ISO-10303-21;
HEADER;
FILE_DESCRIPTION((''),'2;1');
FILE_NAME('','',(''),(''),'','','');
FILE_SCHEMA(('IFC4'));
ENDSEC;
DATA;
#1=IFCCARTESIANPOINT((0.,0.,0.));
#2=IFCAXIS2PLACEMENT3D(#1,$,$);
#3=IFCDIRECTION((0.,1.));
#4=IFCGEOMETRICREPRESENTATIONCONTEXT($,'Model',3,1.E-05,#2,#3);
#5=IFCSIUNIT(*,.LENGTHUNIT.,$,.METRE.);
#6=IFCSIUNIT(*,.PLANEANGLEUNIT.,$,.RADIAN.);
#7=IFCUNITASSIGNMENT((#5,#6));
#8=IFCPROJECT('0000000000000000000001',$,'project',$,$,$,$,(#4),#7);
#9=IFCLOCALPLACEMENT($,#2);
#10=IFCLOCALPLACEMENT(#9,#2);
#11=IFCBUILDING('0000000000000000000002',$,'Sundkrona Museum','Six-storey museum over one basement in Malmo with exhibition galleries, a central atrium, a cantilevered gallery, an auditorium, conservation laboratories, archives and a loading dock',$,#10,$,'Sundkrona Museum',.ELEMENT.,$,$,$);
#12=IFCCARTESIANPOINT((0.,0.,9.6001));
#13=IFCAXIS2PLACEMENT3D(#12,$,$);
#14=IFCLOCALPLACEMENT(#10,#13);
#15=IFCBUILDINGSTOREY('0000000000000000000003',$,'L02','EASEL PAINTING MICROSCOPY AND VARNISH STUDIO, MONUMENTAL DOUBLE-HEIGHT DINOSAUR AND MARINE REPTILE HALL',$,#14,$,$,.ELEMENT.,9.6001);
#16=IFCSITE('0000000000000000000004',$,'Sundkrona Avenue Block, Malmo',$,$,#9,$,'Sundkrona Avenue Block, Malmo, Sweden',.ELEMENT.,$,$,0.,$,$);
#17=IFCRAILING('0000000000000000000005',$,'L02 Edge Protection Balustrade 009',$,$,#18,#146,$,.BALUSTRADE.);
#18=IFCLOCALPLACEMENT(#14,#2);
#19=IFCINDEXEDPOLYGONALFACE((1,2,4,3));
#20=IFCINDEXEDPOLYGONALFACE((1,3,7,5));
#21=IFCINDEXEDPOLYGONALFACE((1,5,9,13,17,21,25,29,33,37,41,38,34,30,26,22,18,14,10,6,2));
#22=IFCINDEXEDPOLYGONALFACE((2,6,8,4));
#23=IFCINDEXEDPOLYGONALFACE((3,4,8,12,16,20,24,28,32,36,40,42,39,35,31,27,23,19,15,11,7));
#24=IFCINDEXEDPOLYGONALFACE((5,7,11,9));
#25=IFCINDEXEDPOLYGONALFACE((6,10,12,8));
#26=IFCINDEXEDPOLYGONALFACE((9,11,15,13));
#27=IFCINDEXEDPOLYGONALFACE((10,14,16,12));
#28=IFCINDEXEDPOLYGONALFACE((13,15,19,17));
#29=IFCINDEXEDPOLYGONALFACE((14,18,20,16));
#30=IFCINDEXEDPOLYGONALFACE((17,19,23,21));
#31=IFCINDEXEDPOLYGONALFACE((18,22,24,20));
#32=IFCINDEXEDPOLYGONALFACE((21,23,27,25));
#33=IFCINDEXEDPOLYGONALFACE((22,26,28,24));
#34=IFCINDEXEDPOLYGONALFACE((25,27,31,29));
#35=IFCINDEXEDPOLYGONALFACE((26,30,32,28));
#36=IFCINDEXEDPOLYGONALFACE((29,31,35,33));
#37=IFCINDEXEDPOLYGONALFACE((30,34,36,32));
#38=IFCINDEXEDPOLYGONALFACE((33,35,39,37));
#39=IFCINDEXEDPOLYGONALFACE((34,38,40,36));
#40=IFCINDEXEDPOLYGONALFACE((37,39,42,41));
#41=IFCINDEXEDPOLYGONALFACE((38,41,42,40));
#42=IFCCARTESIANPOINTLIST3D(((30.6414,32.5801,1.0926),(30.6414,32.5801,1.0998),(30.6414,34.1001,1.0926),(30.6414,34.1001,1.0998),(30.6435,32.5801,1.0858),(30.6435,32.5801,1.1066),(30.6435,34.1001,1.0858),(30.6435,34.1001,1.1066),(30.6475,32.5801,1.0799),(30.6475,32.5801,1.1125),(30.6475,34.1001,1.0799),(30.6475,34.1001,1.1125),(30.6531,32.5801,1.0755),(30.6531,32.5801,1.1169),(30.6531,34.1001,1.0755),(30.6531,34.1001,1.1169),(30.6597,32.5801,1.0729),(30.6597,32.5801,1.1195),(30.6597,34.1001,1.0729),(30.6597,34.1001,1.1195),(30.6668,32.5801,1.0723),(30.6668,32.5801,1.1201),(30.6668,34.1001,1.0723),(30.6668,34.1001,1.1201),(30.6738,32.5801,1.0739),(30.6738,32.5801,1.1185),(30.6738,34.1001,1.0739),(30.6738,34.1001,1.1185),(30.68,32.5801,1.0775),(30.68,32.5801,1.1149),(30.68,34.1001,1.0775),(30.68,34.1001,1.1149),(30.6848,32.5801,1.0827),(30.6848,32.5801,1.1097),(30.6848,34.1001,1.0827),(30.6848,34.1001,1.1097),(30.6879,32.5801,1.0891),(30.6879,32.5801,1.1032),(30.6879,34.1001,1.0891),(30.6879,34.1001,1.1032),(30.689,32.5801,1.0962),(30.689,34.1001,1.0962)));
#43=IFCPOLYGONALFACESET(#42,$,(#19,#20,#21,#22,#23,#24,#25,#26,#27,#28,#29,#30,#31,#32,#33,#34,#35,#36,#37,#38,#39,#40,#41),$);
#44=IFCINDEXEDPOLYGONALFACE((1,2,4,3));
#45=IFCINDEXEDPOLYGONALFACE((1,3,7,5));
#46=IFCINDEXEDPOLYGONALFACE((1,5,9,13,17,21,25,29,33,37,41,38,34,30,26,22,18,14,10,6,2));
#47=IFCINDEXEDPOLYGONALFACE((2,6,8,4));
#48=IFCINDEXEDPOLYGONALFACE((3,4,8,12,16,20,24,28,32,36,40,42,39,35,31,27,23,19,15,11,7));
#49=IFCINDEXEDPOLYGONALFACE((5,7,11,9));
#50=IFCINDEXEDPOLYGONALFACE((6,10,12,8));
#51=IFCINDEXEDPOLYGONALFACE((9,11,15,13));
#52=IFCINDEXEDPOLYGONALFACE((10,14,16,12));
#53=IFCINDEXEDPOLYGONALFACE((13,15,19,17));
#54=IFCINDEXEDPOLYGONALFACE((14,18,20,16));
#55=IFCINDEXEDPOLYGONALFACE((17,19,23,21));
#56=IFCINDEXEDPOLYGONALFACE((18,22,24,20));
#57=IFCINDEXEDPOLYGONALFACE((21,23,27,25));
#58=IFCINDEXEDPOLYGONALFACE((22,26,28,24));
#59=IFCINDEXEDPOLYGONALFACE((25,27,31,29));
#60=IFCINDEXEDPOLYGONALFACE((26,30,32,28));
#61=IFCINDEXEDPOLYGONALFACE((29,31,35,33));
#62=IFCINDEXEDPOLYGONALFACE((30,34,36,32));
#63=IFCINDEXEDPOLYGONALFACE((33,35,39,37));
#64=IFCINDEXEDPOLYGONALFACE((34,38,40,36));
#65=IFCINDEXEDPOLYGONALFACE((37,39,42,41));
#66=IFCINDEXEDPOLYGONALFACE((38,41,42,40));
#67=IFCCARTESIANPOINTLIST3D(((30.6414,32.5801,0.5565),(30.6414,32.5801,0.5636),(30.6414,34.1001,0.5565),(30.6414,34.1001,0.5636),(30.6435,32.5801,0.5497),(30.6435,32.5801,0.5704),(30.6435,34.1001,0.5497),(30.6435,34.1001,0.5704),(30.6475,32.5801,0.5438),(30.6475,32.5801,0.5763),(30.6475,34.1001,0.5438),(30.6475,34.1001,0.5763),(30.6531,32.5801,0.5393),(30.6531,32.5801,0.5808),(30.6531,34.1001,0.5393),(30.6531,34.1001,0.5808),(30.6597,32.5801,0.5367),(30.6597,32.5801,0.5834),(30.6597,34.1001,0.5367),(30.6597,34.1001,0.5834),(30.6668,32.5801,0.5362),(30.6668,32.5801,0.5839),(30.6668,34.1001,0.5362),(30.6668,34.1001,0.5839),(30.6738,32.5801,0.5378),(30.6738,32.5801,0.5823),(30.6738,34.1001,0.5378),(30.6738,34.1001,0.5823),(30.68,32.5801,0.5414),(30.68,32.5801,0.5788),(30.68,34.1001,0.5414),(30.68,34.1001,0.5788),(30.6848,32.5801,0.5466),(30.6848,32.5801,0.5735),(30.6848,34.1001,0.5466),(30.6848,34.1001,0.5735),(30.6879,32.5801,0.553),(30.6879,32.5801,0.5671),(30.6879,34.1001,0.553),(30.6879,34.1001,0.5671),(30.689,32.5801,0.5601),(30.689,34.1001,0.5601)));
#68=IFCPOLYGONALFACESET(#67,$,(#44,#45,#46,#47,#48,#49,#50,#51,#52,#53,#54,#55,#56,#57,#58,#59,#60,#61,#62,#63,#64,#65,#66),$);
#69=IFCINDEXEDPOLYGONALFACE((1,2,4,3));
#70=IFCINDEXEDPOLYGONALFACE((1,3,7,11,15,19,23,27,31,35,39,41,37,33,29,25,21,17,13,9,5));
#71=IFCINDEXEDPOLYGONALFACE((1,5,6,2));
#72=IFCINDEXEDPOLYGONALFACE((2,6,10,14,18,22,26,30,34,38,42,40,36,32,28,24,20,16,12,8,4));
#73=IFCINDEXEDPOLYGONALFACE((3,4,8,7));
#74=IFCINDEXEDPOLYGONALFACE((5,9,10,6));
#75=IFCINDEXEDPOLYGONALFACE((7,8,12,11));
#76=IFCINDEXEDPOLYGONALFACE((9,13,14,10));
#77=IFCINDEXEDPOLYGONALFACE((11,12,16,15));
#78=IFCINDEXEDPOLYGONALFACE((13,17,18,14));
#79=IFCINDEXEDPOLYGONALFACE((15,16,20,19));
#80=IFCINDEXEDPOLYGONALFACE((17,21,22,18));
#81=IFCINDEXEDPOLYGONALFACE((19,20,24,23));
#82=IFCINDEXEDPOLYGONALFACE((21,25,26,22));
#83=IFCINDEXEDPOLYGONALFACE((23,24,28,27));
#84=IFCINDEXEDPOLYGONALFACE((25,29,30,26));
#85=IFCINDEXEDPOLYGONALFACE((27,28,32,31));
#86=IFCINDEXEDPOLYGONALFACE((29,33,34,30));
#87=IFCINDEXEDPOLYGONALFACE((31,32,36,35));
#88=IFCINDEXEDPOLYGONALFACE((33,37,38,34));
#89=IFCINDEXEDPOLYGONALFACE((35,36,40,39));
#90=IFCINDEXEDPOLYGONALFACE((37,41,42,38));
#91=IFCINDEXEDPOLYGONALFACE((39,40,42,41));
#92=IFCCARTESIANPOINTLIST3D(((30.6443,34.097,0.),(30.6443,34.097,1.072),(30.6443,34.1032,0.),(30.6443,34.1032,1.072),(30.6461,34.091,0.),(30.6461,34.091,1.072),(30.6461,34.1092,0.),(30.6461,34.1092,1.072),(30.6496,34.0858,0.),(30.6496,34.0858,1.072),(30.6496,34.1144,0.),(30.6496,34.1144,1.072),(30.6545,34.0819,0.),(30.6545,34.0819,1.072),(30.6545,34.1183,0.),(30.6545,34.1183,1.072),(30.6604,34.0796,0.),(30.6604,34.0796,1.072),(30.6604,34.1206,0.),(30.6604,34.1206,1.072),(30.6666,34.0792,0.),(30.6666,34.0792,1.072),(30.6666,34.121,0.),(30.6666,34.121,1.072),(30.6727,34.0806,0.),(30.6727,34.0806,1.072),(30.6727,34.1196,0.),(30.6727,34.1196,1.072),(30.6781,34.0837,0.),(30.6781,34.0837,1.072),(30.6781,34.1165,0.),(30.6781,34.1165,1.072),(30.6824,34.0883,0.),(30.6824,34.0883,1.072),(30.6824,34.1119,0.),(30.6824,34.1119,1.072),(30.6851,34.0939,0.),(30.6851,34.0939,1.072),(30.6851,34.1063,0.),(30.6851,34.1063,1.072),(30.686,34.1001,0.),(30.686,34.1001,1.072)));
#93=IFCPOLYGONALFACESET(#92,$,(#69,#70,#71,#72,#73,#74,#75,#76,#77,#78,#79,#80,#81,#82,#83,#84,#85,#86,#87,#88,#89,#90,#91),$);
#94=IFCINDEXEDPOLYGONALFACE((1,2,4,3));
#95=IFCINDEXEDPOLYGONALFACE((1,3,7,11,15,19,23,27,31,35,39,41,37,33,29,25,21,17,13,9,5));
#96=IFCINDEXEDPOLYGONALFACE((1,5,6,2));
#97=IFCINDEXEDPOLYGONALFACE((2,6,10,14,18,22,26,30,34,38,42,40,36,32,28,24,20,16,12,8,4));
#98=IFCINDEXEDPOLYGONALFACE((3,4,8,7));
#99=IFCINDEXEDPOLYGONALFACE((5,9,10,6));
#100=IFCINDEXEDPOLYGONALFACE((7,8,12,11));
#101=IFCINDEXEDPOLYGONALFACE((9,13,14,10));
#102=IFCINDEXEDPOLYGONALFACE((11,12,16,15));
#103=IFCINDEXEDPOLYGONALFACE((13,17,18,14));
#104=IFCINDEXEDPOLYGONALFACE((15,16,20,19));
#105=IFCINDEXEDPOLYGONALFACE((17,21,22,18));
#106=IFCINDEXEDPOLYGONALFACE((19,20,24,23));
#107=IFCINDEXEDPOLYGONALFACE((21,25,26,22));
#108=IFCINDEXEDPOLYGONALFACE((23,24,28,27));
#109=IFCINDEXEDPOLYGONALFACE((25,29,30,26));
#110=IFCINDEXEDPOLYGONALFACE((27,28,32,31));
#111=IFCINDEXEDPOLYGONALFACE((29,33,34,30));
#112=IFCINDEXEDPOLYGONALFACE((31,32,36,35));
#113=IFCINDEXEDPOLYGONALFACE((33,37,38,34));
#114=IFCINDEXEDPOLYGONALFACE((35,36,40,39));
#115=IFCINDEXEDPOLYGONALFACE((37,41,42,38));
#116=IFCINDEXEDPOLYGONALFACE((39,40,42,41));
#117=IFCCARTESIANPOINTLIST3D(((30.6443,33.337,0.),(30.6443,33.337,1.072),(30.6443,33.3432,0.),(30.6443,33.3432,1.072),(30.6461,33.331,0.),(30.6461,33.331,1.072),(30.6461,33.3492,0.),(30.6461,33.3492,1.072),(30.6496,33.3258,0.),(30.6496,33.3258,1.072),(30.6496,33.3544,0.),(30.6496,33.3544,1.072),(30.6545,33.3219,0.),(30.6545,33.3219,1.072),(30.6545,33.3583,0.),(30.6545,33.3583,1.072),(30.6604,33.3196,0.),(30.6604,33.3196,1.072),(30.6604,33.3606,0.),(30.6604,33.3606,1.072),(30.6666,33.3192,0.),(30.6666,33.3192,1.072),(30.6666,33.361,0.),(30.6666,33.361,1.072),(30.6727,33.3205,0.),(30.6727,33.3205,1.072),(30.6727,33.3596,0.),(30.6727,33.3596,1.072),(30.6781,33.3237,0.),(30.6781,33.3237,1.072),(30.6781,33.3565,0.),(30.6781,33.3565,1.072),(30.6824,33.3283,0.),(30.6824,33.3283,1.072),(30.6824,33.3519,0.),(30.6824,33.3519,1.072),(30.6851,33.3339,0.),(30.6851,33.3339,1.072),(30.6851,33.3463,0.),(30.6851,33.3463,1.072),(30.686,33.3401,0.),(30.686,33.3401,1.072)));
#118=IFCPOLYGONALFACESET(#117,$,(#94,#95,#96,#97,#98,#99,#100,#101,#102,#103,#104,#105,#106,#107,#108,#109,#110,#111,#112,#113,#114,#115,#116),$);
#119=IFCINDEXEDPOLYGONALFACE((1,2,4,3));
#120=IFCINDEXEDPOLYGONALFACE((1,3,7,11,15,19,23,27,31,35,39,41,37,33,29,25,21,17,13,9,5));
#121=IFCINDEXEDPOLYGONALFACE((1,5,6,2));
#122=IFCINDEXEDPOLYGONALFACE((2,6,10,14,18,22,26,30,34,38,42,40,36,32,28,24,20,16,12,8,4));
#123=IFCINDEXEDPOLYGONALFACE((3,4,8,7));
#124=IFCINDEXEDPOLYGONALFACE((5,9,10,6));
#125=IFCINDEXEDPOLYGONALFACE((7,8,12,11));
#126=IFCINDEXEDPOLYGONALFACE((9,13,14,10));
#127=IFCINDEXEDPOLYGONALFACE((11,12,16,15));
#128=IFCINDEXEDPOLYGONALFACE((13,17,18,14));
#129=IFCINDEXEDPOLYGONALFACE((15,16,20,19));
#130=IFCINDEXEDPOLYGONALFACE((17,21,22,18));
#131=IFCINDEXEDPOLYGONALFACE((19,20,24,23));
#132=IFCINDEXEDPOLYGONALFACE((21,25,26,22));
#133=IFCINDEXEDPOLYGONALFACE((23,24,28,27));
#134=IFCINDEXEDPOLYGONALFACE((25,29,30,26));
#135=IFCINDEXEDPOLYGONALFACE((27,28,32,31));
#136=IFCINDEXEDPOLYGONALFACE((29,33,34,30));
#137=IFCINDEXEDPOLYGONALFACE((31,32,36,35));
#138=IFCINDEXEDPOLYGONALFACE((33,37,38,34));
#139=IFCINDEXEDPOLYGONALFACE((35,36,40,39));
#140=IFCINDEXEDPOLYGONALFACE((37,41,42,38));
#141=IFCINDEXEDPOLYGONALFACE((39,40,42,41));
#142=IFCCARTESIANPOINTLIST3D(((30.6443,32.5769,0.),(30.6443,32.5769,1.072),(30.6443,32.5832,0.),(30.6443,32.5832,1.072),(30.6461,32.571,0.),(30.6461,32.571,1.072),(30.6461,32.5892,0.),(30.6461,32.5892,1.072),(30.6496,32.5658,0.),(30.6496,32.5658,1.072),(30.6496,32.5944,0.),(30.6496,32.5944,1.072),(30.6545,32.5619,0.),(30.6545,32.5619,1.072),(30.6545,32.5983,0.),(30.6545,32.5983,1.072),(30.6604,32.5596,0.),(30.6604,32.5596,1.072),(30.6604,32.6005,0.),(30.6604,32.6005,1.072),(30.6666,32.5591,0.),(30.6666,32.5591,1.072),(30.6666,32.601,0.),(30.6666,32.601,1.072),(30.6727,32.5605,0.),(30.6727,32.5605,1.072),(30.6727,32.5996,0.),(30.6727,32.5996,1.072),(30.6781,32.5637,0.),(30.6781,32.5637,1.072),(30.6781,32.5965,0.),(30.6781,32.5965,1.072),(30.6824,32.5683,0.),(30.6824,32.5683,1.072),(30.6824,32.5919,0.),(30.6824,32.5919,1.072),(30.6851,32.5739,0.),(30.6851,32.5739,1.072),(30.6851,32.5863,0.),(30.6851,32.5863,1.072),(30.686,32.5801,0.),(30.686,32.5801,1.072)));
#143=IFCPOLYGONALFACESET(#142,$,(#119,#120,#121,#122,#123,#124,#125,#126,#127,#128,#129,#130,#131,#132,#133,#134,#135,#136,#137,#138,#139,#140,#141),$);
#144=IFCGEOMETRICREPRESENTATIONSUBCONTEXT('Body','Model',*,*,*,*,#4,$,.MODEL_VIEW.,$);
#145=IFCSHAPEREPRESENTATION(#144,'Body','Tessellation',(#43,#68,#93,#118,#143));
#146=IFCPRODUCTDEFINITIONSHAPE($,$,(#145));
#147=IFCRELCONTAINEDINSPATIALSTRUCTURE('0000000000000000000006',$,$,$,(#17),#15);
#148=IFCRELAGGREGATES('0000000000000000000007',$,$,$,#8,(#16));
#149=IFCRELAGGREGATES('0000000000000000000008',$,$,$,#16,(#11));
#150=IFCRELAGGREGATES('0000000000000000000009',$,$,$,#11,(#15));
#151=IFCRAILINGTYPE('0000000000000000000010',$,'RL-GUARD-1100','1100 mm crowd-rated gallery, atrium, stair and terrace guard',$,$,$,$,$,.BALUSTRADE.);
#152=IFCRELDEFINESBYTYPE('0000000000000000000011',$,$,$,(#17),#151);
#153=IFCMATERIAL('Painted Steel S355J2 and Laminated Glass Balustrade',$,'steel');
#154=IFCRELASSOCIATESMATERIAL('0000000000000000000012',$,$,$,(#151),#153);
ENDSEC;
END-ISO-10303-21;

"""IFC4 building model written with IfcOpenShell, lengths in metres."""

from ifc_helpers import new_model, si_unit, direction, frame, origin, origin_2d, place, context, subcontext, project, spatial, circle, extrude, material, type_object, element, save


model = new_model("IFC4")

# Units and contexts
model_context = context("Model", 3, precision=1e-05, world=origin(), true_north=direction((0.0, 1.0)))
body_context = subcontext(model_context, "Body", "Model", "MODEL_VIEW")
ifc_project = project(units=[si_unit("LENGTHUNIT", "METRE"), si_unit("PLANEANGLEUNIT", "RADIAN")], contexts=[model_context])

# Site, building, storey
site_placement = place(None, origin())
site = spatial("IfcSite", under=ifc_project, at=site_placement, Name="Sundkrona Avenue Block, Malmo", LongName="Sundkrona Avenue Block, Malmo, Sweden", CompositionType="ELEMENT", RefElevation=0.0)
building_placement = place(site_placement, origin())
building = spatial("IfcBuilding", under=site, at=building_placement, Name="Sundkrona Museum", Description="Six-storey museum over one basement in Malmo with exhibition galleries, a central atrium, a cantilevered gallery, an auditorium, conservation laboratories, archives and a loading dock", LongName="Sundkrona Museum", CompositionType="ELEMENT")
storey_placement = place(building_placement, frame((0.0, 0.0, 9.6001)))
storey = spatial("IfcBuildingStorey", under=building, at=storey_placement, Name="L02", Description="EASEL PAINTING MICROSCOPY AND VARNISH STUDIO, MONUMENTAL DOUBLE-HEIGHT DINOSAUR AND MARINE REPTILE HALL", CompositionType="ELEMENT", Elevation=9.6001)

# Railing
ifc_material_1 = material(Name="Painted Steel S355J2 and Laminated Glass Balustrade", Category="steel")
railing_type_1 = type_object("IfcRailingType", Name="RL-GUARD-1100", Description="1100 mm crowd-rated gallery, atrium, stair and terrace guard", PredefinedType="BALUSTRADE", material=ifc_material_1)
for number, where, name in (
    (1, (30.665, 34.1001, 0.0), "L02 Edge Protection Balustrade 009"),
):
    element("IfcRailing", number, at=place(storey_placement, frame(where)), inside=storey, type_object=railing_type_1, Name=name, PredefinedType="BALUSTRADE", context=body_context, shape_type="SweptSolid", body=[
        extrude(circle(Radius=0.0239, at=origin_2d()), frame((0.0, 0.0, 1.0962), z_axis=(0.0, -1.0, 0.0), x_axis=(1.0, 0.0, 0.0)), (0.0, 0.0, 1.0), 1.52),
        extrude(circle(Radius=0.0239, at=origin_2d()), frame((0.0, 0.0, 0.5601), z_axis=(0.0, -1.0, 0.0), x_axis=(1.0, 0.0, 0.0)), (0.0, 0.0, 1.0), 1.52),
        extrude(circle(Radius=0.021, at=origin_2d()), origin(), (0.0, 0.0, 1.0), 1.072),
        extrude(circle(Radius=0.021, at=origin_2d()), frame((0.0, -0.76, 0.0)), (0.0, 0.0, 1.0), 1.072),
        extrude(circle(Radius=0.021, at=origin_2d()), frame((0.0, -1.52, 0.0)), (0.0, 0.0, 1.0), 1.072),
    ])

save(model, "model.ifc")
